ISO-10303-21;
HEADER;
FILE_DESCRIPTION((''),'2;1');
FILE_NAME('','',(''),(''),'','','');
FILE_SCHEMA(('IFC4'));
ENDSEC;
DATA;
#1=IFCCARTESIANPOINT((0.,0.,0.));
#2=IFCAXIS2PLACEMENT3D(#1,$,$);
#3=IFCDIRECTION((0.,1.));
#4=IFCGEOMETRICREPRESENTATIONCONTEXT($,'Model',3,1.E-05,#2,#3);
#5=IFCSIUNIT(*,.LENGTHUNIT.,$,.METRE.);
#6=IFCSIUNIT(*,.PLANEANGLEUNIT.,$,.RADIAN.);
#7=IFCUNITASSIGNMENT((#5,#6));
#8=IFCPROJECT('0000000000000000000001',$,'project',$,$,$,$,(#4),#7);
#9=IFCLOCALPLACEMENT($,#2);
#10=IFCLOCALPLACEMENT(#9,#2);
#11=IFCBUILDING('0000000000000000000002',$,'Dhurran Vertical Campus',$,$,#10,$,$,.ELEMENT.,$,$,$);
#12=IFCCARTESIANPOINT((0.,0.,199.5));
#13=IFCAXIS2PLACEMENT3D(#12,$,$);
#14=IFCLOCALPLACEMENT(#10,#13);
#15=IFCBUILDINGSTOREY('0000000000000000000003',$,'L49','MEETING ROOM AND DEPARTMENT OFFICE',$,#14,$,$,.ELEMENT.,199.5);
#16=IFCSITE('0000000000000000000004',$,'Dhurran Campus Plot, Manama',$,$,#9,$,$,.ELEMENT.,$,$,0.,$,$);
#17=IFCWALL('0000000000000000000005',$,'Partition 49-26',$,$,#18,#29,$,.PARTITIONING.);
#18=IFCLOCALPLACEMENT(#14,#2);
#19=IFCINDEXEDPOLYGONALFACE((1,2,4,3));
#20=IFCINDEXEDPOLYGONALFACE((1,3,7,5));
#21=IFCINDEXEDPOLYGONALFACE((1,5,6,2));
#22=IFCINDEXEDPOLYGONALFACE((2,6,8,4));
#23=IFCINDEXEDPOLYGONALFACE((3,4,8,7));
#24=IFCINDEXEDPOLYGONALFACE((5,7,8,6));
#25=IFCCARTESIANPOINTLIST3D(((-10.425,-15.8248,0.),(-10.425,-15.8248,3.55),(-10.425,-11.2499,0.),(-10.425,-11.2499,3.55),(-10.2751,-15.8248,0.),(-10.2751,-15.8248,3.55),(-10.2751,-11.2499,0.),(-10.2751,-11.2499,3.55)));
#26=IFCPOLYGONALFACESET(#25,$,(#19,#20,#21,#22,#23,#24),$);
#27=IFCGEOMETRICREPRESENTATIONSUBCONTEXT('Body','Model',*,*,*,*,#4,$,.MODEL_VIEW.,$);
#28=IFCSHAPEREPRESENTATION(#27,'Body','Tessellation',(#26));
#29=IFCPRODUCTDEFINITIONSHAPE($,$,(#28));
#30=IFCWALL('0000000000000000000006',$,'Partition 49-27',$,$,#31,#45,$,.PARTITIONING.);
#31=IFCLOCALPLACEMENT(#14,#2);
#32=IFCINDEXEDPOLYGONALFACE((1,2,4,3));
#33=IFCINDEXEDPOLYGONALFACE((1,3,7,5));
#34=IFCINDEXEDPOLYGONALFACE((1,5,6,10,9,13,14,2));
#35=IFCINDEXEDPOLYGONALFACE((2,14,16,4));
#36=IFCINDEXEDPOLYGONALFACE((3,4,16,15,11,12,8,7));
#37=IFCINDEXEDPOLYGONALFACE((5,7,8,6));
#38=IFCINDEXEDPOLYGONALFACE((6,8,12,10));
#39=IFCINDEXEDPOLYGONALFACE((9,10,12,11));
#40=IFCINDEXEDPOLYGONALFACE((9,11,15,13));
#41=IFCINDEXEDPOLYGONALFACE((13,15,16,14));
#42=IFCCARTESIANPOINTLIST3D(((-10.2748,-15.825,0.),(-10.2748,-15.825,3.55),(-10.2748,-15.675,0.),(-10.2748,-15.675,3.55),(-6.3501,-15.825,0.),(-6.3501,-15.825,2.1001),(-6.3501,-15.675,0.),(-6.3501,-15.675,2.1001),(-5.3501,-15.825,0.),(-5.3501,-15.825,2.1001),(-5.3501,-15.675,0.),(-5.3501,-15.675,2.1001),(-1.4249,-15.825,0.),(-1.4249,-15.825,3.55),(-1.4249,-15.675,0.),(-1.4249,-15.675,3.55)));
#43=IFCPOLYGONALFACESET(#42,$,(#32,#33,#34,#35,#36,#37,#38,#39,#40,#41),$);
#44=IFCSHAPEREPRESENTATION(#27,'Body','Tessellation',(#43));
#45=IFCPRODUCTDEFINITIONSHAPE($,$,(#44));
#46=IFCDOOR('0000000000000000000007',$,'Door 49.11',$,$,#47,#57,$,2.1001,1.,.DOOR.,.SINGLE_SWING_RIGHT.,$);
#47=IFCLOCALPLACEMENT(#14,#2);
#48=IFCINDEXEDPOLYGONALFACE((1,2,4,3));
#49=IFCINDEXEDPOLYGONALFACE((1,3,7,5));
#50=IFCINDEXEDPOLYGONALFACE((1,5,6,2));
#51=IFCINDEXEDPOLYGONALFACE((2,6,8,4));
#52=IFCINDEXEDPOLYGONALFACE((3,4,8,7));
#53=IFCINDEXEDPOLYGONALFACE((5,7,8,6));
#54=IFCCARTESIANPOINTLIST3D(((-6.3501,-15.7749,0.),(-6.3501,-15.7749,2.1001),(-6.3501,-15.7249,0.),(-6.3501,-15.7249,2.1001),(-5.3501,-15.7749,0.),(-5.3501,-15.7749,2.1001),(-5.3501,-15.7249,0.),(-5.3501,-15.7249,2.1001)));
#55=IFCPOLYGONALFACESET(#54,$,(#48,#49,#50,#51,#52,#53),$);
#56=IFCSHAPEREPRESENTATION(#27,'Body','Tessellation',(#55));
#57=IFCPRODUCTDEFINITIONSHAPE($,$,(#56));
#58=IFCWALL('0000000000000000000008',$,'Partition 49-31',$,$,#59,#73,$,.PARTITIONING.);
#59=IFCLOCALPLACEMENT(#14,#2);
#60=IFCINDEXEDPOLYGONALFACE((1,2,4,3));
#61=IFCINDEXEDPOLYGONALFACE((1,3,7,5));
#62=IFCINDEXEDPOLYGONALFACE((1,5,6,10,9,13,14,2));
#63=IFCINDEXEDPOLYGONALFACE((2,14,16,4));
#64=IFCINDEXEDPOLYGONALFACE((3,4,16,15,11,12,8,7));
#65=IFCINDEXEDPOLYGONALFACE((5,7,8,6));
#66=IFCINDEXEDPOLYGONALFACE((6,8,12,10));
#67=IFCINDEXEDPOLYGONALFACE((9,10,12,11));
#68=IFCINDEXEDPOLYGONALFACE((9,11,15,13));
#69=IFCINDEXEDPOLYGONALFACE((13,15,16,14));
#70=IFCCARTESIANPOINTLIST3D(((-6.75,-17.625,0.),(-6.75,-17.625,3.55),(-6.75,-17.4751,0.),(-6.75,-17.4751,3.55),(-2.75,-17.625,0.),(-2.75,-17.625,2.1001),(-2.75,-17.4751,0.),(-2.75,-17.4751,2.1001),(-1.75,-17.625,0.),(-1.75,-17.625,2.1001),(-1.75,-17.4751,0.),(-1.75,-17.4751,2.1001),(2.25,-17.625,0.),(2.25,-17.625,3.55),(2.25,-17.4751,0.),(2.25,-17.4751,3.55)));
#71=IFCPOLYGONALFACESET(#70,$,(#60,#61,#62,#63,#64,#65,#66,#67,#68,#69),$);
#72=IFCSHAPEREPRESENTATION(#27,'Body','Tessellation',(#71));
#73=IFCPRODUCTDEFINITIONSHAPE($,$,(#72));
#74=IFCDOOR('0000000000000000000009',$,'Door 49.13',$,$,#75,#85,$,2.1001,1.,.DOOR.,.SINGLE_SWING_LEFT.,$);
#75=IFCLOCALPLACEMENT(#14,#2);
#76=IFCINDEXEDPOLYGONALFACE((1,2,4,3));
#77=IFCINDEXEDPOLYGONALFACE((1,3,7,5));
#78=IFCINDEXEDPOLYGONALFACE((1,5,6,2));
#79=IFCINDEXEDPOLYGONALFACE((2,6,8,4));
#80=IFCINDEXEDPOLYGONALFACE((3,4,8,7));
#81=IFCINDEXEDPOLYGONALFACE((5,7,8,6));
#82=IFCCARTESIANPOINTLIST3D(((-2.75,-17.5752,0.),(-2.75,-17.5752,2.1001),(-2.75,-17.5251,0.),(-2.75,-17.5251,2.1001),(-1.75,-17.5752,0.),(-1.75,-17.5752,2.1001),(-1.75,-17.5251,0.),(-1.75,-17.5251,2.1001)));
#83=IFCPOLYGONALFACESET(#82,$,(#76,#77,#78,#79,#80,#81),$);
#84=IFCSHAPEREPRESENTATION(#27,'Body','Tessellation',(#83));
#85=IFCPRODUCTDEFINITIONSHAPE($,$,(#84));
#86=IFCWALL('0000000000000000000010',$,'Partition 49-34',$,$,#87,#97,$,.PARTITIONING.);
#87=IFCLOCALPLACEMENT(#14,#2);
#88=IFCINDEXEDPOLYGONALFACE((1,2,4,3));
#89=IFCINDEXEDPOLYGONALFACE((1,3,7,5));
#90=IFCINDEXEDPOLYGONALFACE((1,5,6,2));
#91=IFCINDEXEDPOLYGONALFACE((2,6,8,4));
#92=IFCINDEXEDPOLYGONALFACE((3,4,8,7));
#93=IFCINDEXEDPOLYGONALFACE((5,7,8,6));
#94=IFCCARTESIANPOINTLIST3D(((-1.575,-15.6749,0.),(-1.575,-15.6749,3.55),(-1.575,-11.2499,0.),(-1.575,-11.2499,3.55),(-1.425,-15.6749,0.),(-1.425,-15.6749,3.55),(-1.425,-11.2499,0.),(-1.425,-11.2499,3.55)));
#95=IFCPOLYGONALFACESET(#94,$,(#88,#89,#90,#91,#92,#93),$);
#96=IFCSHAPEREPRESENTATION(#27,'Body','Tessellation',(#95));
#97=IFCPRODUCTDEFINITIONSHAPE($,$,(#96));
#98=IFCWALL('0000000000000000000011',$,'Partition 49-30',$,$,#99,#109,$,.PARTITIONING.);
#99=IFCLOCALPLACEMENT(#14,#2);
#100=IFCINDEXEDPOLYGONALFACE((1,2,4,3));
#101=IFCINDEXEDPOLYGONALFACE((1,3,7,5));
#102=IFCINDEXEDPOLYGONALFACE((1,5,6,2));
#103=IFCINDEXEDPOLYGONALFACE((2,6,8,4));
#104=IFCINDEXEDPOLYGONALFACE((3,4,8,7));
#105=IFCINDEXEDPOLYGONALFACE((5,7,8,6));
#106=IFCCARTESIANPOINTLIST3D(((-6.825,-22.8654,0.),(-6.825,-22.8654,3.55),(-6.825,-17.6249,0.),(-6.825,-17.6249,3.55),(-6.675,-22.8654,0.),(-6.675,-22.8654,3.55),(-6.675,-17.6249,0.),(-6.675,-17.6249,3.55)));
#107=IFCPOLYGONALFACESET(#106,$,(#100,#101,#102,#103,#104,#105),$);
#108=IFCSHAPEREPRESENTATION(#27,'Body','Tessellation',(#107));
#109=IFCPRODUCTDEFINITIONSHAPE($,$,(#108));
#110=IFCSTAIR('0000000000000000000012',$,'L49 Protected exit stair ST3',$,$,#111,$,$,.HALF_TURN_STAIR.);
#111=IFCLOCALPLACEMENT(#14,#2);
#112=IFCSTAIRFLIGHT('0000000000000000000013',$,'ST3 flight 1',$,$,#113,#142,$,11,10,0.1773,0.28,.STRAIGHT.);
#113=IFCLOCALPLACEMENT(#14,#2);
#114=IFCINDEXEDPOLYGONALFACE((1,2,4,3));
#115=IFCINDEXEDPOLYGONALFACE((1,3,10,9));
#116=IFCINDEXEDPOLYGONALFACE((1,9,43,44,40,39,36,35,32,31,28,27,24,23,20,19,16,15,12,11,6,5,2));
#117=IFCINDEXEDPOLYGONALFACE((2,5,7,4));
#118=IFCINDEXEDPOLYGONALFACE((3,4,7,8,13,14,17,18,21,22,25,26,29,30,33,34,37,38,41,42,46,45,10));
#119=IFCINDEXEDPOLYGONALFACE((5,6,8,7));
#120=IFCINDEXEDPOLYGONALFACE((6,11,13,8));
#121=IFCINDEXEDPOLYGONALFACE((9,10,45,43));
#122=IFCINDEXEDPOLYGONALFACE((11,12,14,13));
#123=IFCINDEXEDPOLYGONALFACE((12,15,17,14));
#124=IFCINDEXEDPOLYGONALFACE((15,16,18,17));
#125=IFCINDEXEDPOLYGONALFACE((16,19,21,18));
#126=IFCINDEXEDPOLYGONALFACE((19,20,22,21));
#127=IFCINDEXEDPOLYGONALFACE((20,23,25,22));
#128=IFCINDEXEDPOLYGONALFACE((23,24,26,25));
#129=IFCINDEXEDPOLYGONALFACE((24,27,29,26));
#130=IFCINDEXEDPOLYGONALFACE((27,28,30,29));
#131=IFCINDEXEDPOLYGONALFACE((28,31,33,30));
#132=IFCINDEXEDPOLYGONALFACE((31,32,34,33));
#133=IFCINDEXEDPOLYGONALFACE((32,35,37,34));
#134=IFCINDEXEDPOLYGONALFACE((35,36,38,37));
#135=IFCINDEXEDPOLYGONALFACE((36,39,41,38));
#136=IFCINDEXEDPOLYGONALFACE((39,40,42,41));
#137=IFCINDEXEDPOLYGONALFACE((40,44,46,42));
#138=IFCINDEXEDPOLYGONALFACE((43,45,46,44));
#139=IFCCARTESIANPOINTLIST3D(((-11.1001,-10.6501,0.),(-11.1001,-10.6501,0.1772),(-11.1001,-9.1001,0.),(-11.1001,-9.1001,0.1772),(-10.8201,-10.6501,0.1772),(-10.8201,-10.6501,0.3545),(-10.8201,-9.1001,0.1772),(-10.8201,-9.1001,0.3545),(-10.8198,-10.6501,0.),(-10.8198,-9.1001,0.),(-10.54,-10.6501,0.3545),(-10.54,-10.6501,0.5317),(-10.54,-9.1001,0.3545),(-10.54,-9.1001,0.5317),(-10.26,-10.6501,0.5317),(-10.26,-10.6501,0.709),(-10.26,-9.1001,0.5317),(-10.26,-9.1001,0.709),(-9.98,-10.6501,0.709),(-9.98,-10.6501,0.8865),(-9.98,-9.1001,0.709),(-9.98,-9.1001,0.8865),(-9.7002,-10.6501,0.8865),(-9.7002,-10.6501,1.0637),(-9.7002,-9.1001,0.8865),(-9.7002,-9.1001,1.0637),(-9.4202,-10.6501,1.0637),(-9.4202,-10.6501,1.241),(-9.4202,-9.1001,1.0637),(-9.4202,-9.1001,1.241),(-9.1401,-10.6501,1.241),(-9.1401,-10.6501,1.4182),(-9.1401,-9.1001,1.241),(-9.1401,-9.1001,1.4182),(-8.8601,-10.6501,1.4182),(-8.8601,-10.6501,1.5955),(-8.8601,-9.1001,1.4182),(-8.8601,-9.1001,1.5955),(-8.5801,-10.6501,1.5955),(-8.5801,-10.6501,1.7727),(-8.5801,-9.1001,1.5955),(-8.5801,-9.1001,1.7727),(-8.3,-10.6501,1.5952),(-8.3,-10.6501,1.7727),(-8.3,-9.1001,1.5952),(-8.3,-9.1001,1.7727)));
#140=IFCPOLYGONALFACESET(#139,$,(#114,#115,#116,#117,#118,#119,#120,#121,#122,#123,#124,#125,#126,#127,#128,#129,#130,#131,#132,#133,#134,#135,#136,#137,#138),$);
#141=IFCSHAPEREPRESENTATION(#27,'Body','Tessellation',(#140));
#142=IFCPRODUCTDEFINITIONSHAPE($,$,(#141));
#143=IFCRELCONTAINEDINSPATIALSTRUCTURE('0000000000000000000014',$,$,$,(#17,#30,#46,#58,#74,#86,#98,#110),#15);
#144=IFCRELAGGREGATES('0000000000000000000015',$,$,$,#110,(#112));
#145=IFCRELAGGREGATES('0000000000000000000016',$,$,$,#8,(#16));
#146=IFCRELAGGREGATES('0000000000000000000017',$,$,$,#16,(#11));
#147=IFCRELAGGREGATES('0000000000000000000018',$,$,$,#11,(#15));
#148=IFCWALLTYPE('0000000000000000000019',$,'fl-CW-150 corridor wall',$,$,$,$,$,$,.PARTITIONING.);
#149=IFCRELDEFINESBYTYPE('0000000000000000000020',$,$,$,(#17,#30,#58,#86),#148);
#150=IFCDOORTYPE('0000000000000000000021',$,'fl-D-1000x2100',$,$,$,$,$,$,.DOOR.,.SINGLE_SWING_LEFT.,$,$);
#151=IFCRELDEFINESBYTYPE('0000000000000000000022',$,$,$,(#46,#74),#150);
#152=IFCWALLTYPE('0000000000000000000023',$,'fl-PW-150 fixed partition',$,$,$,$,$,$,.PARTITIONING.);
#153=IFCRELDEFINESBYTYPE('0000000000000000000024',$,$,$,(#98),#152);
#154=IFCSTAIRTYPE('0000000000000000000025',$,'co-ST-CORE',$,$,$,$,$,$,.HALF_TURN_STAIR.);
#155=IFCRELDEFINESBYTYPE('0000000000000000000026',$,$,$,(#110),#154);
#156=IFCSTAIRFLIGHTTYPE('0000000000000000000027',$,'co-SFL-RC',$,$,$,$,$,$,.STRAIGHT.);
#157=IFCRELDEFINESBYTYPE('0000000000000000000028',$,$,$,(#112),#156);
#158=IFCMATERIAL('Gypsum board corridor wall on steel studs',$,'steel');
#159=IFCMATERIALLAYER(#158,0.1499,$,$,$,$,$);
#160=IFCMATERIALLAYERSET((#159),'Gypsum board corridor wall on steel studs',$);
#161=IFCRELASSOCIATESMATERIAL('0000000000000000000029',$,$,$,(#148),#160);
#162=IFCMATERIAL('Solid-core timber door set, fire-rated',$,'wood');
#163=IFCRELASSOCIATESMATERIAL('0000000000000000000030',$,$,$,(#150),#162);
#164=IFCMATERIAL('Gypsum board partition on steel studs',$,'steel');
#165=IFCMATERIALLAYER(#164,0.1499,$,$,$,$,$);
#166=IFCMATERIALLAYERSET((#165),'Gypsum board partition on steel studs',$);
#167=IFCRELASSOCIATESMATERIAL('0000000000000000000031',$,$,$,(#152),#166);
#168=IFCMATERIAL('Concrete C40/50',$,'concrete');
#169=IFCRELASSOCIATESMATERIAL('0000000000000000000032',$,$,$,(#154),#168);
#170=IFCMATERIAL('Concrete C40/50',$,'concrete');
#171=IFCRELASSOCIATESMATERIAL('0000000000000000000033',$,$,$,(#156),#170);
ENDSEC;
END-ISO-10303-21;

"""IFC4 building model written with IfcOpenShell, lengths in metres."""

from ifc_helpers import new_model, si_unit, direction, frame, frame_2d, origin, place, context, subcontext, project, spatial, polyline, rectangle, outline, extrude, material, layer, layer_set, type_object, element, fill, aggregate, save


model = new_model("IFC4")

# Units and contexts
model_context = context("Model", 3, precision=1e-05, world=origin(), true_north=direction((0.0, 1.0)))
body_context = subcontext(model_context, "Body", "Model", "MODEL_VIEW")
ifc_project = project(units=[si_unit("LENGTHUNIT", "METRE"), si_unit("PLANEANGLEUNIT", "RADIAN")], contexts=[model_context])

# Site, building, storey
site_placement = place(None, origin())
site = spatial("IfcSite", under=ifc_project, at=site_placement, Name="Dhurran Campus Plot, Manama", CompositionType="ELEMENT", RefElevation=0.0)
building_placement = place(site_placement, origin())
building = spatial("IfcBuilding", under=site, at=building_placement, Name="Dhurran Vertical Campus", CompositionType="ELEMENT")
storey_placement = place(building_placement, frame((0.0, 0.0, 199.5)))
storey = spatial("IfcBuildingStorey", under=building, at=storey_placement, Name="L49", Description="MEETING ROOM AND DEPARTMENT OFFICE", CompositionType="ELEMENT", Elevation=199.5)

# Wall
ifc_material_1 = material(Name="Gypsum board corridor wall on steel studs", Category="steel")
ifc_layer_1 = layer(ifc_material_1, 0.1499)
ifc_layer_set_1 = layer_set([ifc_layer_1], Name="Gypsum board corridor wall on steel studs")
wall_type_1 = type_object("IfcWallType", Name="fl-CW-150 corridor wall", PredefinedType="PARTITIONING", material=ifc_layer_set_1)
wall_1_placement = place(storey_placement, frame((-10.3501, -15.825, 0.0), z_axis=(0.0, 0.0, 1.0), x_axis=(0.0, 1.0, 0.0)))
element("IfcWall", 1, at=wall_1_placement, inside=storey, type_object=wall_type_1, Name="Partition 49-26", PredefinedType="PARTITIONING", context=body_context, shape_type="SweptSolid", body=[
    extrude(rectangle(XDim=4.575, YDim=0.1499, at=frame_2d((2.2876, 0.0))), origin(), (0.0, 0.0, 1.0), 3.55),
])

# Walls, openings, doors
wall_2_placement = place(storey_placement, frame((-1.425, -15.75, 0.0), z_axis=(0.0, 0.0, 1.0), x_axis=(-1.0, 0.0, 0.0)))
wall_2 = element("IfcWall", 2, at=wall_2_placement, inside=storey, type_object=wall_type_1, Name="Partition 49-27", PredefinedType="PARTITIONING", context=body_context, shape_type="SweptSolid", body=[
    extrude(rectangle(XDim=8.8499, YDim=0.1499, at=frame_2d((4.4248, 0.0))), origin(), (0.0, 0.0, 1.0), 3.55),
])
opening_1_placement = place(wall_2_placement, frame((3.925, 0.0, 0.0)))
opening_1 = element("IfcOpeningElement", 3, at=opening_1_placement, cuts=wall_2, PredefinedType="OPENING", context=body_context, shape_type="SweptSolid", body=[
    extrude(rectangle(XDim=1.0, YDim=2.1001, at=frame_2d((0.5, 1.05))), frame((0.0, 0.085, 0.0), z_axis=(0.0, -1.0, 0.0), x_axis=(1.0, 0.0, 0.0)), (0.0, 0.0, 1.0), 0.1699),
])
ifc_material_2 = material(Name="Solid-core timber door set, fire-rated", Category="wood")
door_type_1 = type_object("IfcDoorType", Name="fl-D-1000x2100", OperationType="SINGLE_SWING_LEFT", PredefinedType="DOOR", material=ifc_material_2)
door_1_placement = place(opening_1_placement, origin())
door_1 = element("IfcDoor", 4, at=door_1_placement, inside=storey, type_object=door_type_1, Name="Door 49.11", OperationType="SINGLE_SWING_RIGHT", OverallHeight=2.1001, OverallWidth=1.0, PredefinedType="DOOR", context=body_context, shape_type="SweptSolid", body=[
    extrude(rectangle(XDim=1.0, YDim=2.1001, at=frame_2d((0.5, 1.05))), frame((0.0, 0.0249, 0.0), z_axis=(0.0, -1.0, 0.0), x_axis=(1.0, 0.0, 0.0)), (0.0, 0.0, 1.0), 0.05),
])
fill(opening_1, door_1)
wall_3_placement = place(storey_placement, frame((-6.75, -17.55, 0.0), z_axis=(0.0, 0.0, 1.0), x_axis=(1.0, 0.0, 0.0)))
wall_3 = element("IfcWall", 5, at=wall_3_placement, inside=storey, type_object=wall_type_1, Name="Partition 49-31", PredefinedType="PARTITIONING", context=body_context, shape_type="SweptSolid", body=[
    extrude(rectangle(XDim=9.0, YDim=0.1499, at=frame_2d((4.5, 0.0))), origin(), (0.0, 0.0, 1.0), 3.55),
])
opening_2_placement = place(wall_3_placement, frame((4.0, 0.0, 0.0)))
opening_2 = element("IfcOpeningElement", 6, at=opening_2_placement, cuts=wall_3, PredefinedType="OPENING", context=body_context, shape_type="SweptSolid", body=[
    extrude(rectangle(XDim=1.0, YDim=2.1001, at=frame_2d((0.5, 1.05))), frame((0.0, 0.085, 0.0), z_axis=(0.0, -1.0, 0.0), x_axis=(1.0, 0.0, 0.0)), (0.0, 0.0, 1.0), 0.1699),
])
door_2_placement = place(opening_2_placement, origin())
door_2 = element("IfcDoor", 7, at=door_2_placement, inside=storey, type_object=door_type_1, Name="Door 49.13", OperationType="SINGLE_SWING_LEFT", OverallHeight=2.1001, OverallWidth=1.0, PredefinedType="DOOR", context=body_context, shape_type="SweptSolid", body=[
    extrude(rectangle(XDim=1.0, YDim=2.1001, at=frame_2d((0.5, 1.05))), frame((0.0, 0.0249, 0.0), z_axis=(0.0, -1.0, 0.0), x_axis=(1.0, 0.0, 0.0)), (0.0, 0.0, 1.0), 0.05),
])
fill(opening_2, door_2)

# Walls
wall_4_placement = place(storey_placement, frame((-1.5, -11.25, 0.0), z_axis=(0.0, 0.0, 1.0), x_axis=(0.0, -1.0, 0.0)))
element("IfcWall", 8, at=wall_4_placement, inside=storey, type_object=wall_type_1, Name="Partition 49-34", PredefinedType="PARTITIONING", context=body_context, shape_type="SweptSolid", body=[
    extrude(rectangle(XDim=4.425, YDim=0.1499, at=frame_2d((2.2124, 0.0))), origin(), (0.0, 0.0, 1.0), 3.55),
])
ifc_material_3 = material(Name="Gypsum board partition on steel studs", Category="steel")
ifc_layer_2 = layer(ifc_material_3, 0.1499)
ifc_layer_set_2 = layer_set([ifc_layer_2], Name="Gypsum board partition on steel studs")
wall_type_2 = type_object("IfcWallType", Name="fl-PW-150 fixed partition", PredefinedType="PARTITIONING", material=ifc_layer_set_2)
wall_5_placement = place(storey_placement, frame((-6.75, -17.625, 0.0), z_axis=(0.0, 0.0, 1.0), x_axis=(0.0, -1.0, 0.0)))
element("IfcWall", 9, at=wall_5_placement, inside=storey, type_object=wall_type_2, Name="Partition 49-30", PredefinedType="PARTITIONING", context=body_context, shape_type="SweptSolid", body=[
    extrude(rectangle(XDim=5.2405, YDim=0.1499, at=frame_2d((2.6201, 0.0))), origin(), (0.0, 0.0, 1.0), 3.55),
])

# Stair, stair flight
ifc_material_4 = material(Name="Concrete C40/50", Category="concrete")
stair_type = type_object("IfcStairType", Name="co-ST-CORE", PredefinedType="HALF_TURN_STAIR", material=ifc_material_4)
stair_placement = place(storey_placement, origin())
stair = element("IfcStair", 10, at=stair_placement, inside=storey, type_object=stair_type, Name="L49 Protected exit stair ST3", PredefinedType="HALF_TURN_STAIR")
ifc_material_5 = material(Name="Concrete C40/50", Category="concrete")
stair_flight_type = type_object("IfcStairFlightType", Name="co-SFL-RC", PredefinedType="STRAIGHT", material=ifc_material_5)
stair_flight_placement = place(storey_placement, frame((-11.1001, -9.875, 0.0), z_axis=(0.0, 0.0, 1.0), x_axis=(1.0, 0.0, 0.0)))
stair_flight = element("IfcStairFlight", 11, at=stair_flight_placement, type_object=stair_flight_type, Name="ST3 flight 1", NumberOfRisers=11, NumberOfTreads=10, PredefinedType="STRAIGHT", RiserHeight=0.1773, TreadLength=0.28, context=body_context, shape_type="SweptSolid", body=[
    extrude(outline(polyline([(0.0, 0.0), (0.0, 0.1772), (0.28, 0.1772), (0.28, 0.3545), (0.5601, 0.3545), (0.5601, 0.5317), (0.8401, 0.5317), (0.8401, 0.709), (1.1201, 0.709), (1.1201, 0.8865), (1.3999, 0.8865), (1.3999, 1.0637), (1.6799, 1.0637), (1.6799, 1.241), (1.96, 1.241), (1.96, 1.4182), (2.24, 1.4182), (2.24, 1.5955), (2.52, 1.5955), (2.52, 1.7727), (2.8, 1.7727), (2.8, 1.95), (2.8, 1.5952), (0.2803, 0.0), (0.0, 0.0)])), frame((0.0, 0.7749, 0.0), z_axis=(0.0, -1.0, 0.0), x_axis=(1.0, 0.0, 0.0)), (0.0, 0.0, 1.0), 1.55),
])
aggregate(stair, [stair_flight])

save(model, "model.ifc")
